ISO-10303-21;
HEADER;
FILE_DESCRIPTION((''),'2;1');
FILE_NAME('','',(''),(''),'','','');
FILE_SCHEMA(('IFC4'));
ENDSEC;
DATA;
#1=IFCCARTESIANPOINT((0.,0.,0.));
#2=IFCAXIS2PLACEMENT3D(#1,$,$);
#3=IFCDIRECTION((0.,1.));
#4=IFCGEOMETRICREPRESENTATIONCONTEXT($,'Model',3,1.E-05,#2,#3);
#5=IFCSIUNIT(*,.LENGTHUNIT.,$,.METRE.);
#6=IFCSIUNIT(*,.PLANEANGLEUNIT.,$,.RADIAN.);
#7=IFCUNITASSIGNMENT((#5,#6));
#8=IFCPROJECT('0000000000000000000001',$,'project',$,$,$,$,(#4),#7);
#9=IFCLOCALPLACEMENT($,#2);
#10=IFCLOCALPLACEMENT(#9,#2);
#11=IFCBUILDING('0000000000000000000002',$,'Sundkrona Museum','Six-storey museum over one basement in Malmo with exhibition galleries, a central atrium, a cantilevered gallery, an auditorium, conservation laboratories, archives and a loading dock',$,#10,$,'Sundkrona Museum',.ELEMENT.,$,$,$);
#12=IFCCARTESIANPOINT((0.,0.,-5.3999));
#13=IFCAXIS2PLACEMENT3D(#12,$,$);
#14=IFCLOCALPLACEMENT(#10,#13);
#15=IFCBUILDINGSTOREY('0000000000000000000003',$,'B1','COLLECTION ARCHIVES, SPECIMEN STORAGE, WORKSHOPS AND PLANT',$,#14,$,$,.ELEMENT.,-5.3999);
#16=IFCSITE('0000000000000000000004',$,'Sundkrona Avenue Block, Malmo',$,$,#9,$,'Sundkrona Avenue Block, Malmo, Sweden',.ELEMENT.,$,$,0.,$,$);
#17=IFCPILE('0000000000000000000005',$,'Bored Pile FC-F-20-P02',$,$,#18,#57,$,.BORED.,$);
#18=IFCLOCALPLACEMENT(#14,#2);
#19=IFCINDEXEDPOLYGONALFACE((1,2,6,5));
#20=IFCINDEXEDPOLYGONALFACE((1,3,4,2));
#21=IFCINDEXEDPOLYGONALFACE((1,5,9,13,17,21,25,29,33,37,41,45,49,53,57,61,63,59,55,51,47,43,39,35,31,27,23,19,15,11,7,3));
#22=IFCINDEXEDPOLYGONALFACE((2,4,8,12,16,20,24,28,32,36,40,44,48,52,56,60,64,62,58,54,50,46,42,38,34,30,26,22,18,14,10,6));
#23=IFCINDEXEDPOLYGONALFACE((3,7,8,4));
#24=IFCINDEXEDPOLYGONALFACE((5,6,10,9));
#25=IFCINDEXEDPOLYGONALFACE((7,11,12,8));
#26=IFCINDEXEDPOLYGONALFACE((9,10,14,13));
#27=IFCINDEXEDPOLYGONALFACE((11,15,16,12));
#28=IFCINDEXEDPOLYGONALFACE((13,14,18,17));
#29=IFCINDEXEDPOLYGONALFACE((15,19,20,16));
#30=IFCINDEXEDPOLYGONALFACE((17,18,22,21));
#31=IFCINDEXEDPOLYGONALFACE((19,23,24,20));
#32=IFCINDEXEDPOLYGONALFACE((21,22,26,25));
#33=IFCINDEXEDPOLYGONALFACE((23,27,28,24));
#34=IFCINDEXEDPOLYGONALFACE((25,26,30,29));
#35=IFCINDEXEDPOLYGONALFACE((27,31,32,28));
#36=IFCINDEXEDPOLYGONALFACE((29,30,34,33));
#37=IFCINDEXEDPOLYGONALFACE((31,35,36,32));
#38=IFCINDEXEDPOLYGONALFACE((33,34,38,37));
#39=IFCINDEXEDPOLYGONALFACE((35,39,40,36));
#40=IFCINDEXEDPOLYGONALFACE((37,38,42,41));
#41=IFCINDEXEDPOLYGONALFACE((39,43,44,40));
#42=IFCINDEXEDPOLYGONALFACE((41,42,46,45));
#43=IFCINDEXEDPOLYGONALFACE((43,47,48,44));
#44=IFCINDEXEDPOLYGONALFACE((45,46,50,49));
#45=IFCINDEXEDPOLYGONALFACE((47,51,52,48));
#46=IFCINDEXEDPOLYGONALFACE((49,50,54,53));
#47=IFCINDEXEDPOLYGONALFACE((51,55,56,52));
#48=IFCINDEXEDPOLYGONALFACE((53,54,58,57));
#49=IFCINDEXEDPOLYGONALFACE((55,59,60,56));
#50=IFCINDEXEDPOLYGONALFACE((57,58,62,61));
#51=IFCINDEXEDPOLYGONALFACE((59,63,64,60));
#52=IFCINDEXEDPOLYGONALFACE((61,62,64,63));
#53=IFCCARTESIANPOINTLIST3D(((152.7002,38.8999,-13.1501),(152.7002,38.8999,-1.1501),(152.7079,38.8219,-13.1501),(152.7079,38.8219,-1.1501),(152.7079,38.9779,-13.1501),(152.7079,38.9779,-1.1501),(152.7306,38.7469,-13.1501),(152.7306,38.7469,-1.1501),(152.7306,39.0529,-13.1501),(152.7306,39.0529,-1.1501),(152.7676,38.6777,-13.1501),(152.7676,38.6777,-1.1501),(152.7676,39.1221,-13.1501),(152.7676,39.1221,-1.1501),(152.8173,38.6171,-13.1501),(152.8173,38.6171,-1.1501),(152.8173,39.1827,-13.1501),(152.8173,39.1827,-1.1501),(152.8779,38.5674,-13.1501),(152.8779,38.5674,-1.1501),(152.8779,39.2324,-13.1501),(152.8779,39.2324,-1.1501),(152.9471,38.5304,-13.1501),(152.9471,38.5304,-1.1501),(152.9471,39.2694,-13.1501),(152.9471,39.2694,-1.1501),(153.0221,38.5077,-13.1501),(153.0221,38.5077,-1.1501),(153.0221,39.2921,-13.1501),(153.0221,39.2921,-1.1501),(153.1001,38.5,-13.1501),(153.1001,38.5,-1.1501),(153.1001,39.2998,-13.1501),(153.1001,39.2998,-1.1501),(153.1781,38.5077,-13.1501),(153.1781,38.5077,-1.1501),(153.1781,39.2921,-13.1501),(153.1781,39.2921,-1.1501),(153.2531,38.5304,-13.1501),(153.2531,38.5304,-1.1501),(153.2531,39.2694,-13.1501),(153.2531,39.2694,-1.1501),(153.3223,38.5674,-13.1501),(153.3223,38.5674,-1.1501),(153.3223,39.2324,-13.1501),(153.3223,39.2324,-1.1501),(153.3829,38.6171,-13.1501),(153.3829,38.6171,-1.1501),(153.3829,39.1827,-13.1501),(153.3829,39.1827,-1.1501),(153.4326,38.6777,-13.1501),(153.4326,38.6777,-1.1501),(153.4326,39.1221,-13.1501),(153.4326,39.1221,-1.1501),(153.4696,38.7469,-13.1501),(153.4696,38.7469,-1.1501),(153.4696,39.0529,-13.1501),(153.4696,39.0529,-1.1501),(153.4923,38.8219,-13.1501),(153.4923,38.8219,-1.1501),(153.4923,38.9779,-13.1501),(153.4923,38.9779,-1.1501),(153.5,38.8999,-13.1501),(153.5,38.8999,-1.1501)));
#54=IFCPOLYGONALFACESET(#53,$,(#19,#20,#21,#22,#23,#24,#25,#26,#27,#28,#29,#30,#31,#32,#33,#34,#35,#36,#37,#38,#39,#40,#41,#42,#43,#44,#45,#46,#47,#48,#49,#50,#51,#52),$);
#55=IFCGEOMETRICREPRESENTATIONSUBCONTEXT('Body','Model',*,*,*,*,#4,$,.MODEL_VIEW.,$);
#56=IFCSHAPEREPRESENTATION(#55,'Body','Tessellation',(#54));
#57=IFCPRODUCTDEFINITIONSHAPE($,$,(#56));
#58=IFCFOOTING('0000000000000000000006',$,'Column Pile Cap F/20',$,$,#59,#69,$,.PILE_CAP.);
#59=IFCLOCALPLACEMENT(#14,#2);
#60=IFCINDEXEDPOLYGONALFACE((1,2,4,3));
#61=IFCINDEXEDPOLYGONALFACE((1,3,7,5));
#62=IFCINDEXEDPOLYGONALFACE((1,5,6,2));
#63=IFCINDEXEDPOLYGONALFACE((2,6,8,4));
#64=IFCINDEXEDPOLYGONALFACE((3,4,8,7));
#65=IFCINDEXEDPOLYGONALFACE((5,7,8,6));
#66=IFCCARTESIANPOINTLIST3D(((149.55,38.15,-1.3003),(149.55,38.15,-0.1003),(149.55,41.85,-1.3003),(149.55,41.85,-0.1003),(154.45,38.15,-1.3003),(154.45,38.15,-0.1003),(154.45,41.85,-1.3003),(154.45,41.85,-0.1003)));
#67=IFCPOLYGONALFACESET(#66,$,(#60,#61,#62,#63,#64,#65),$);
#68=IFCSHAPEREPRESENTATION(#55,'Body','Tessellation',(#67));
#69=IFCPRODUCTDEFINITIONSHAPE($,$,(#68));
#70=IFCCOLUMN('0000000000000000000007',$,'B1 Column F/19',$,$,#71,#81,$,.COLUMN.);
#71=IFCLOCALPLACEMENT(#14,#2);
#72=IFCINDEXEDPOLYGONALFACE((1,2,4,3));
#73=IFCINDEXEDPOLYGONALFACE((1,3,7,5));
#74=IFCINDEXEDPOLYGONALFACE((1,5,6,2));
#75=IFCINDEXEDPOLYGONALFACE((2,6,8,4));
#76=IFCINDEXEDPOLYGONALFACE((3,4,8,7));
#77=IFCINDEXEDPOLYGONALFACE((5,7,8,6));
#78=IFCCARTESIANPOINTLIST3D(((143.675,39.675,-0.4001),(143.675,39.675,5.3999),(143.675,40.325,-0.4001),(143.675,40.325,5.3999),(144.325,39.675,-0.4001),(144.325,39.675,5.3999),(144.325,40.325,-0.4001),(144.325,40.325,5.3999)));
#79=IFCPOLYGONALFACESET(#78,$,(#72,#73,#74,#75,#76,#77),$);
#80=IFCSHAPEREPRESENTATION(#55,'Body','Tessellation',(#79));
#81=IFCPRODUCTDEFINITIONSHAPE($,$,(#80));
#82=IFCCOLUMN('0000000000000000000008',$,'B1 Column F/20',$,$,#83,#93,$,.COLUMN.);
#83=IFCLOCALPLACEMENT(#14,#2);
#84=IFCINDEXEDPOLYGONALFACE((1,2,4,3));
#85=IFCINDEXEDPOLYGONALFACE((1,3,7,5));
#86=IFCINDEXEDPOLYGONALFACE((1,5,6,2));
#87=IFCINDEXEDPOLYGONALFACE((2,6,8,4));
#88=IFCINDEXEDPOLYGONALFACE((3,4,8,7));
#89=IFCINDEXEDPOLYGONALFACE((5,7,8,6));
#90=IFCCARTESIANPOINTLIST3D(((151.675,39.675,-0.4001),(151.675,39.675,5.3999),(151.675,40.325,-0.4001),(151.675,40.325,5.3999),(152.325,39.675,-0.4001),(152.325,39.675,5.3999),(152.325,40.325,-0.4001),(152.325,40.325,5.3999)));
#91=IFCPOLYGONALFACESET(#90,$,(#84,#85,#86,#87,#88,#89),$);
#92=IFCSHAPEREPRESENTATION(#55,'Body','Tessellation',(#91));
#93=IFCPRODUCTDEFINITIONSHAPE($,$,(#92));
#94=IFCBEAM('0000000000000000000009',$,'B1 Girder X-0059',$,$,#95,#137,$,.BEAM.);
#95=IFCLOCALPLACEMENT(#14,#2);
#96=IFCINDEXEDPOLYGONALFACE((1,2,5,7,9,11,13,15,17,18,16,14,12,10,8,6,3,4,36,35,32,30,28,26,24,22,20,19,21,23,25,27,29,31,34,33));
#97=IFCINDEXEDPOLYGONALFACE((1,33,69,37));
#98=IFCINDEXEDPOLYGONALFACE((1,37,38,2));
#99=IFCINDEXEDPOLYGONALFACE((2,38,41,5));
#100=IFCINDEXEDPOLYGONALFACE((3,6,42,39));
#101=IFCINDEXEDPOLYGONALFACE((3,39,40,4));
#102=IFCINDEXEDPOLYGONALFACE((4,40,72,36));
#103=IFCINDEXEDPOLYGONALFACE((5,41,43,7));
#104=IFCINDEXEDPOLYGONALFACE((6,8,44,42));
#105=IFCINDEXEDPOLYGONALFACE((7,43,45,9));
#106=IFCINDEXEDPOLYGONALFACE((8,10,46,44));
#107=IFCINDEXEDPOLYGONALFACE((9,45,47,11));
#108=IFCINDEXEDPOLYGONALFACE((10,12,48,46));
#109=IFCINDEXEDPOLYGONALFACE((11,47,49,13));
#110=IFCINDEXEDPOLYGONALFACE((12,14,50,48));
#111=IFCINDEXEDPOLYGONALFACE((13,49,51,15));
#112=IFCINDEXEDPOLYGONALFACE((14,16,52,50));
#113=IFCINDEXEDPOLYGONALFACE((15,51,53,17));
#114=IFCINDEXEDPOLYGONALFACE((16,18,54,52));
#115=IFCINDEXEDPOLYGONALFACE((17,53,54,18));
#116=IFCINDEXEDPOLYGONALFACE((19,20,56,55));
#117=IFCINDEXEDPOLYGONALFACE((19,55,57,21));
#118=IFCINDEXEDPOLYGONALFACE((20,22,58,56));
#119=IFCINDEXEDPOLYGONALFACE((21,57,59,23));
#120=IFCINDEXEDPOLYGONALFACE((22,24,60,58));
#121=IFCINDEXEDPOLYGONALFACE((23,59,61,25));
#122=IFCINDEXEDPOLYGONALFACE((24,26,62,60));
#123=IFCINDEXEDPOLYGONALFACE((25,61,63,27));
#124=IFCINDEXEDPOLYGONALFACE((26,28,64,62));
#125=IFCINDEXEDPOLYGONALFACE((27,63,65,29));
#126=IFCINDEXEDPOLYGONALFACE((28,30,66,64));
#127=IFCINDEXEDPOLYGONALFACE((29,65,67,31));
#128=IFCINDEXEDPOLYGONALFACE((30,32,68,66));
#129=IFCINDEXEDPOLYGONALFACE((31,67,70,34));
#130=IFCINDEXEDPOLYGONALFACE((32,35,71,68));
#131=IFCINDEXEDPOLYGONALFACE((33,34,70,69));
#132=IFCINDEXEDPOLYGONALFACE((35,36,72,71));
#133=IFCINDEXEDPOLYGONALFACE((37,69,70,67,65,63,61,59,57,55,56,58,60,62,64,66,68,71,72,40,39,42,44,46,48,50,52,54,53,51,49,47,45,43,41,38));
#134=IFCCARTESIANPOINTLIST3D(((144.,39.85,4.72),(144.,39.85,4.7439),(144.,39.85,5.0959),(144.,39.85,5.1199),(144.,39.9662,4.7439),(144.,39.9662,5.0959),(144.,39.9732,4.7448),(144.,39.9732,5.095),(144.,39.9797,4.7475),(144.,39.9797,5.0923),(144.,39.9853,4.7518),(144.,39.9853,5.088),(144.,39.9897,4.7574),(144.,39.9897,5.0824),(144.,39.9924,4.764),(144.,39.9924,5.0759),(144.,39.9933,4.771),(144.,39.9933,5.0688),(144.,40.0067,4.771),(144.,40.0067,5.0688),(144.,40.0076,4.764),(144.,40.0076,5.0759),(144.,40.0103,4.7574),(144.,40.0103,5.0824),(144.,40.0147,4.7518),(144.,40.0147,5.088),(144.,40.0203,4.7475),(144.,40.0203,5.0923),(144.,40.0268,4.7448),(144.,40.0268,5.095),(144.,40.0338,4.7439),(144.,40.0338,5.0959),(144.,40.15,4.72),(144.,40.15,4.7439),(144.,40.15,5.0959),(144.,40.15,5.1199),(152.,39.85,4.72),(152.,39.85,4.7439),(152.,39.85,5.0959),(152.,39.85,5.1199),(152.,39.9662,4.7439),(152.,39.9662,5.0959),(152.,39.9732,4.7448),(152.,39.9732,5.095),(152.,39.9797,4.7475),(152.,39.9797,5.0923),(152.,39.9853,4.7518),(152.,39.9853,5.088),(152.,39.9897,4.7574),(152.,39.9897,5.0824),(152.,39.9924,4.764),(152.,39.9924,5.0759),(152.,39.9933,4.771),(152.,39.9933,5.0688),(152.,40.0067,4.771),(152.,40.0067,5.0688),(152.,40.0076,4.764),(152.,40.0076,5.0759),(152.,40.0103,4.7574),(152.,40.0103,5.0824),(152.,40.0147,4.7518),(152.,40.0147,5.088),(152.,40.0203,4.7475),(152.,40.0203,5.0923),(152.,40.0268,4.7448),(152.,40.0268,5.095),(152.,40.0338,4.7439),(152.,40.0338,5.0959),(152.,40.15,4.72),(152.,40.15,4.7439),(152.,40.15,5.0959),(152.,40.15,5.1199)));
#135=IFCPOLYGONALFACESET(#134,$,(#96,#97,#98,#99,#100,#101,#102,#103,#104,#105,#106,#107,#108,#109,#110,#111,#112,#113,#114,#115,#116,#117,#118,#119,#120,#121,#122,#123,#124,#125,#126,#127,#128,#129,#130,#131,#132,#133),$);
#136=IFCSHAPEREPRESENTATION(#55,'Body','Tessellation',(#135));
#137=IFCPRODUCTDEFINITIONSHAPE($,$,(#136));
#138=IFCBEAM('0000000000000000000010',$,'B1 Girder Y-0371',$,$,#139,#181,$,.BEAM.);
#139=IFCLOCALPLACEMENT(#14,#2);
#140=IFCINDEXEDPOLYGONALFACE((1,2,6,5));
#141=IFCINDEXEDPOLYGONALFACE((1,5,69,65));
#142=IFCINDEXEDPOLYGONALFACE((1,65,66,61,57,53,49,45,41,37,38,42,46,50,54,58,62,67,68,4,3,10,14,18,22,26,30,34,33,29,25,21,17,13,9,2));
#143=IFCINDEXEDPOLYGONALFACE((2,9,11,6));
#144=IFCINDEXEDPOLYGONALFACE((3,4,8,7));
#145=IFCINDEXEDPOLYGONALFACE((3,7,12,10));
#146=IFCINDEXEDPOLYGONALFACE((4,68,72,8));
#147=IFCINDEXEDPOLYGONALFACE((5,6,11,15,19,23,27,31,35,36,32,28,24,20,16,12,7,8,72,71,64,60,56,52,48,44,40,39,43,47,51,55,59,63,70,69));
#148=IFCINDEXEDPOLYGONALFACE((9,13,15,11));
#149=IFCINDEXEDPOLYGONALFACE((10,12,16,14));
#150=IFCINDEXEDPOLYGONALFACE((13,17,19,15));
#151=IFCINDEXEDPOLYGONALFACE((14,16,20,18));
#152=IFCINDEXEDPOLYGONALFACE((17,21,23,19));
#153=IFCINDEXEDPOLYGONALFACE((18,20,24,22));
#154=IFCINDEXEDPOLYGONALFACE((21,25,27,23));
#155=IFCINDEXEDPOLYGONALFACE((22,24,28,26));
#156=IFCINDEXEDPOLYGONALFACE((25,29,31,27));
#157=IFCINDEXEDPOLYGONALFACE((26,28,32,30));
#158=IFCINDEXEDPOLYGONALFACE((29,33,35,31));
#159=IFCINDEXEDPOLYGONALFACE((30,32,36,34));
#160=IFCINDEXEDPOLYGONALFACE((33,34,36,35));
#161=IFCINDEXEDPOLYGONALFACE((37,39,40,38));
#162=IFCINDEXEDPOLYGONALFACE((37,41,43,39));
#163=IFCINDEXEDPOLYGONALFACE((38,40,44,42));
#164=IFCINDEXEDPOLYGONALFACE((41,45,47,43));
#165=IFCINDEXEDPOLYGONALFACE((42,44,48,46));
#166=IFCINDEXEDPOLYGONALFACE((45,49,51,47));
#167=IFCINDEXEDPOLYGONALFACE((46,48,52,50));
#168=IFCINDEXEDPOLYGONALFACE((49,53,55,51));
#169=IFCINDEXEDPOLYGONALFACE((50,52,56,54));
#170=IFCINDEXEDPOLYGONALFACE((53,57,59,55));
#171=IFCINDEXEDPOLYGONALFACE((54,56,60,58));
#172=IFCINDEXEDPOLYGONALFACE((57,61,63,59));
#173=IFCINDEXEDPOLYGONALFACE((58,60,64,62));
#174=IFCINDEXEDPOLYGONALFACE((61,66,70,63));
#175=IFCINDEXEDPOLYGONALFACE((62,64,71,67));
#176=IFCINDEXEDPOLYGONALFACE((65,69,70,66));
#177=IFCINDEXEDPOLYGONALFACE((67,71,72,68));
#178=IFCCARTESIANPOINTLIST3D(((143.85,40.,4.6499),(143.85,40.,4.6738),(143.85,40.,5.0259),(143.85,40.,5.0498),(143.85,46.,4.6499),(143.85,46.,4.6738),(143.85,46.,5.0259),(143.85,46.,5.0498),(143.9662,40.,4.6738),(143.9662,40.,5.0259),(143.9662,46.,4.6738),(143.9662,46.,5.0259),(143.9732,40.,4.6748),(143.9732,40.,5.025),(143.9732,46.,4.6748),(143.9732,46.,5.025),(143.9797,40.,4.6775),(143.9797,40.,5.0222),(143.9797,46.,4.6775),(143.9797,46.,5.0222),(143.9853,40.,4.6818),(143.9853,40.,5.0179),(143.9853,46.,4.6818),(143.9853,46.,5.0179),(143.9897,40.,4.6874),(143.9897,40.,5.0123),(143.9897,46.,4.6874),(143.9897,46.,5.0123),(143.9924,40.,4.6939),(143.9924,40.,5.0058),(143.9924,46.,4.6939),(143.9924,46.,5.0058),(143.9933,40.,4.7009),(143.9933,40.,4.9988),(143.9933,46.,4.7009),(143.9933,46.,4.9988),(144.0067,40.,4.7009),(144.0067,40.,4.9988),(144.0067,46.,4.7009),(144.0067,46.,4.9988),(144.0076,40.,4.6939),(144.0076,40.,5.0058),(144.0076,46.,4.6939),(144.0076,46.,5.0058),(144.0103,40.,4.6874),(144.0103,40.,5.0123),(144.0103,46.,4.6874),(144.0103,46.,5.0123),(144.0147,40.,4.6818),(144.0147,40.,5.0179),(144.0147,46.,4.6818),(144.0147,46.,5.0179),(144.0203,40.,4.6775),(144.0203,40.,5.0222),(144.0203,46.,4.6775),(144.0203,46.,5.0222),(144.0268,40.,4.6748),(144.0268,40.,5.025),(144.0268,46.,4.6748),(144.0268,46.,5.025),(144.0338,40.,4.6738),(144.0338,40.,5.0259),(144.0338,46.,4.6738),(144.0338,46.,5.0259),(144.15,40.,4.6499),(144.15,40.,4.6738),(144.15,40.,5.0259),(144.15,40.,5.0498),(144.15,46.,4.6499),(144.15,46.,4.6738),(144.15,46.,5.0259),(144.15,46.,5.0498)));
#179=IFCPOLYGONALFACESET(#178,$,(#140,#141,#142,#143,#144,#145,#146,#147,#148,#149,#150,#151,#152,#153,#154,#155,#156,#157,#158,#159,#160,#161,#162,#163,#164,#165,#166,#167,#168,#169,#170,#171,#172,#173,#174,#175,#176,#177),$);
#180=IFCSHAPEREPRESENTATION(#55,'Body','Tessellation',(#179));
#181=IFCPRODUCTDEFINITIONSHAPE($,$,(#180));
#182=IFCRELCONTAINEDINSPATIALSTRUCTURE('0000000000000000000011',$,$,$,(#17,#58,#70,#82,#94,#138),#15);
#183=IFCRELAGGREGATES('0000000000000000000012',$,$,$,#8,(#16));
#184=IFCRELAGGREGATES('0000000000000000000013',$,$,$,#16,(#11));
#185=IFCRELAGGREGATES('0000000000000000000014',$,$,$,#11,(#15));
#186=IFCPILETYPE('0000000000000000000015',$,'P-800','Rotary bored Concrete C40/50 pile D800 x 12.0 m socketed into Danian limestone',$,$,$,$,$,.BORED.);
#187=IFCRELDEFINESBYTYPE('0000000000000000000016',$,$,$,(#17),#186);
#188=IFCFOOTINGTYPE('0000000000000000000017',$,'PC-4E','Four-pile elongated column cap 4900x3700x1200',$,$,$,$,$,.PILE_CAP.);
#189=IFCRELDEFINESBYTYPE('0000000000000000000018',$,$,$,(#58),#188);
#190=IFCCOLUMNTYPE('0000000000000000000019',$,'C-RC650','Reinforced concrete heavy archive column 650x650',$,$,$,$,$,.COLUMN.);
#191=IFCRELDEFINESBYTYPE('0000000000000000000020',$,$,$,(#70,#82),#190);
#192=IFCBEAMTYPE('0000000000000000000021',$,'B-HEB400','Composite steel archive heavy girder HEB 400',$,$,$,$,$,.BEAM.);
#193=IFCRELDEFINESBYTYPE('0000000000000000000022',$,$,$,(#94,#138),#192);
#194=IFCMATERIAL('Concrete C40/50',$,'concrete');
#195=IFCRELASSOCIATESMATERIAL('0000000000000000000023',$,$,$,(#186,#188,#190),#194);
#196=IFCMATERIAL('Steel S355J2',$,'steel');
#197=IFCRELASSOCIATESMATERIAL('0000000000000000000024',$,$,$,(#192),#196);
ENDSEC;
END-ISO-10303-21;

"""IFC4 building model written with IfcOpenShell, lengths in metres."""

from ifc_helpers import new_model, si_unit, direction, frame, origin, origin_2d, place, context, subcontext, project, spatial, rectangle, circle, i_section, extrude, material, material_profile, profile_set, type_object, element, save


model = new_model("IFC4")

# Units and contexts
model_context = context("Model", 3, precision=1e-05, world=origin(), true_north=direction((0.0, 1.0)))
body_context = subcontext(model_context, "Body", "Model", "MODEL_VIEW")
ifc_project = project(units=[si_unit("LENGTHUNIT", "METRE"), si_unit("PLANEANGLEUNIT", "RADIAN")], contexts=[model_context])

# Site, building, storey
site_placement = place(None, origin())
site = spatial("IfcSite", under=ifc_project, at=site_placement, Name="Sundkrona Avenue Block, Malmo", LongName="Sundkrona Avenue Block, Malmo, Sweden", CompositionType="ELEMENT", RefElevation=0.0)
building_placement = place(site_placement, origin())
building = spatial("IfcBuilding", under=site, at=building_placement, Name="Sundkrona Museum", Description="Six-storey museum over one basement in Malmo with exhibition galleries, a central atrium, a cantilevered gallery, an auditorium, conservation laboratories, archives and a loading dock", LongName="Sundkrona Museum", CompositionType="ELEMENT")
storey_placement = place(building_placement, frame((0.0, 0.0, -5.3999)))
storey = spatial("IfcBuildingStorey", under=building, at=storey_placement, Name="B1", Description="COLLECTION ARCHIVES, SPECIMEN STORAGE, WORKSHOPS AND PLANT", CompositionType="ELEMENT", Elevation=-5.3999)

# Pile
ifc_material_1 = material(Name="Concrete C40/50", Category="concrete")
ifc_material_profile_1 = material_profile(ifc_material_1, circle(Radius=0.3999, at=origin_2d()), Name="PILE D800")
ifc_profile_set_1 = profile_set([ifc_material_profile_1], Name="Concrete C40/50")
pile_type = type_object("IfcPileType", Name="P-800", Description="Rotary bored Concrete C40/50 pile D800 x 12.0 m socketed into Danian limestone", PredefinedType="BORED", material=ifc_profile_set_1)
for number, where, z_axis, x_axis, name in (
    (1, (153.1001, 38.8999, -1.1501), (0.0, 0.0, -1.0), (1.0, 0.0, 0.0), "Bored Pile FC-F-20-P02"),
):
    element("IfcPile", number, at=place(storey_placement, frame(where, z_axis=z_axis, x_axis=x_axis)), inside=storey, type_object=pile_type, Name=name, PredefinedType="BORED", context=body_context, shape_type="SweptSolid", body=[
        extrude(circle(Radius=0.3999, at=origin_2d()), origin(), (0.0, 0.0, 1.0), 12.0),
    ])

# Footing
footing_type = type_object("IfcFootingType", Name="PC-4E", Description="Four-pile elongated column cap 4900x3700x1200", PredefinedType="PILE_CAP", material=ifc_material_1)
footing_placement = place(storey_placement, frame((152.0, 40.0, -1.3003), z_axis=(0.0, 0.0, 1.0), x_axis=(1.0, 0.0, 0.0)))
element("IfcFooting", 2, at=footing_placement, inside=storey, type_object=footing_type, Name="Column Pile Cap F/20", PredefinedType="PILE_CAP", context=body_context, shape_type="SweptSolid", body=[
    extrude(rectangle(XDim=4.8999, YDim=3.7, at=origin_2d()), origin(), (0.0, 0.0, 1.0), 1.2),
])

# Columns
ifc_material_profile_2 = material_profile(ifc_material_1, rectangle(XDim=0.6499, YDim=0.6499, at=origin_2d()), Name="RC 650x650")
ifc_profile_set_2 = profile_set([ifc_material_profile_2], Name="Concrete C40/50")
column_type = type_object("IfcColumnType", Name="C-RC650", Description="Reinforced concrete heavy archive column 650x650", PredefinedType="COLUMN", material=ifc_profile_set_2)
for number, where, z_axis, x_axis, name in (
    (3, (144.0, 40.0, -0.4001), (0.0, 0.0, 1.0), (1.0, 0.0, 0.0), "B1 Column F/19"),
    (4, (152.0, 40.0, -0.4001), (0.0, 0.0, 1.0), (1.0, 0.0, 0.0), "B1 Column F/20"),
):
    element("IfcColumn", number, at=place(storey_placement, frame(where, z_axis=z_axis, x_axis=x_axis)), inside=storey, type_object=column_type, Name=name, PredefinedType="COLUMN", context=body_context, shape_type="SweptSolid", body=[
        extrude(rectangle(XDim=0.6499, YDim=0.6499, at=origin_2d()), origin(), (0.0, 0.0, 1.0), 5.8),
    ])

# Beams
ifc_material_2 = material(Name="Steel S355J2", Category="steel")
ifc_material_profile_3 = material_profile(ifc_material_2, i_section(OverallWidth=0.3, OverallDepth=0.3999, WebThickness=0.0134, FlangeThickness=0.0239, FilletRadius=0.0271, at=origin_2d()), Name="HEB 400")
ifc_profile_set_3 = profile_set([ifc_material_profile_3], Name="Steel S355J2")
beam_type_1 = type_object("IfcBeamType", Name="B-HEB400", Description="Composite steel archive heavy girder HEB 400", PredefinedType="BEAM", material=ifc_profile_set_3)
beam_1_placement = place(storey_placement, frame((144.0, 40.0, 4.9199), z_axis=(1.0, 0.0, 0.0), x_axis=(0.0, 1.0, 0.0)))
element("IfcBeam", 5, at=beam_1_placement, inside=storey, type_object=beam_type_1, Name="B1 Girder X-0059", PredefinedType="BEAM", context=body_context, shape_type="SweptSolid", body=[
    extrude(i_section(OverallWidth=0.3, OverallDepth=0.3999, WebThickness=0.0134, FlangeThickness=0.0239, FilletRadius=0.0271, at=origin_2d()), origin(), (0.0, 0.0, 1.0), 8.0),
])
for number, where, z_axis, x_axis, name in (
    (6, (144.0, 40.0, 4.8499), (0.0, 1.0, 0.0), (-1.0, 0.0, 0.0), "B1 Girder Y-0371"),
):
    element("IfcBeam", number, at=place(storey_placement, frame(where, z_axis=z_axis, x_axis=x_axis)), inside=storey, type_object=beam_type_1, Name=name, PredefinedType="BEAM", context=body_context, shape_type="SweptSolid", body=[
        extrude(i_section(OverallWidth=0.3, OverallDepth=0.3999, WebThickness=0.0134, FlangeThickness=0.0239, FilletRadius=0.0271, at=origin_2d()), origin(), (0.0, 0.0, 1.0), 6.0),
    ])

save(model, "model.ifc")
